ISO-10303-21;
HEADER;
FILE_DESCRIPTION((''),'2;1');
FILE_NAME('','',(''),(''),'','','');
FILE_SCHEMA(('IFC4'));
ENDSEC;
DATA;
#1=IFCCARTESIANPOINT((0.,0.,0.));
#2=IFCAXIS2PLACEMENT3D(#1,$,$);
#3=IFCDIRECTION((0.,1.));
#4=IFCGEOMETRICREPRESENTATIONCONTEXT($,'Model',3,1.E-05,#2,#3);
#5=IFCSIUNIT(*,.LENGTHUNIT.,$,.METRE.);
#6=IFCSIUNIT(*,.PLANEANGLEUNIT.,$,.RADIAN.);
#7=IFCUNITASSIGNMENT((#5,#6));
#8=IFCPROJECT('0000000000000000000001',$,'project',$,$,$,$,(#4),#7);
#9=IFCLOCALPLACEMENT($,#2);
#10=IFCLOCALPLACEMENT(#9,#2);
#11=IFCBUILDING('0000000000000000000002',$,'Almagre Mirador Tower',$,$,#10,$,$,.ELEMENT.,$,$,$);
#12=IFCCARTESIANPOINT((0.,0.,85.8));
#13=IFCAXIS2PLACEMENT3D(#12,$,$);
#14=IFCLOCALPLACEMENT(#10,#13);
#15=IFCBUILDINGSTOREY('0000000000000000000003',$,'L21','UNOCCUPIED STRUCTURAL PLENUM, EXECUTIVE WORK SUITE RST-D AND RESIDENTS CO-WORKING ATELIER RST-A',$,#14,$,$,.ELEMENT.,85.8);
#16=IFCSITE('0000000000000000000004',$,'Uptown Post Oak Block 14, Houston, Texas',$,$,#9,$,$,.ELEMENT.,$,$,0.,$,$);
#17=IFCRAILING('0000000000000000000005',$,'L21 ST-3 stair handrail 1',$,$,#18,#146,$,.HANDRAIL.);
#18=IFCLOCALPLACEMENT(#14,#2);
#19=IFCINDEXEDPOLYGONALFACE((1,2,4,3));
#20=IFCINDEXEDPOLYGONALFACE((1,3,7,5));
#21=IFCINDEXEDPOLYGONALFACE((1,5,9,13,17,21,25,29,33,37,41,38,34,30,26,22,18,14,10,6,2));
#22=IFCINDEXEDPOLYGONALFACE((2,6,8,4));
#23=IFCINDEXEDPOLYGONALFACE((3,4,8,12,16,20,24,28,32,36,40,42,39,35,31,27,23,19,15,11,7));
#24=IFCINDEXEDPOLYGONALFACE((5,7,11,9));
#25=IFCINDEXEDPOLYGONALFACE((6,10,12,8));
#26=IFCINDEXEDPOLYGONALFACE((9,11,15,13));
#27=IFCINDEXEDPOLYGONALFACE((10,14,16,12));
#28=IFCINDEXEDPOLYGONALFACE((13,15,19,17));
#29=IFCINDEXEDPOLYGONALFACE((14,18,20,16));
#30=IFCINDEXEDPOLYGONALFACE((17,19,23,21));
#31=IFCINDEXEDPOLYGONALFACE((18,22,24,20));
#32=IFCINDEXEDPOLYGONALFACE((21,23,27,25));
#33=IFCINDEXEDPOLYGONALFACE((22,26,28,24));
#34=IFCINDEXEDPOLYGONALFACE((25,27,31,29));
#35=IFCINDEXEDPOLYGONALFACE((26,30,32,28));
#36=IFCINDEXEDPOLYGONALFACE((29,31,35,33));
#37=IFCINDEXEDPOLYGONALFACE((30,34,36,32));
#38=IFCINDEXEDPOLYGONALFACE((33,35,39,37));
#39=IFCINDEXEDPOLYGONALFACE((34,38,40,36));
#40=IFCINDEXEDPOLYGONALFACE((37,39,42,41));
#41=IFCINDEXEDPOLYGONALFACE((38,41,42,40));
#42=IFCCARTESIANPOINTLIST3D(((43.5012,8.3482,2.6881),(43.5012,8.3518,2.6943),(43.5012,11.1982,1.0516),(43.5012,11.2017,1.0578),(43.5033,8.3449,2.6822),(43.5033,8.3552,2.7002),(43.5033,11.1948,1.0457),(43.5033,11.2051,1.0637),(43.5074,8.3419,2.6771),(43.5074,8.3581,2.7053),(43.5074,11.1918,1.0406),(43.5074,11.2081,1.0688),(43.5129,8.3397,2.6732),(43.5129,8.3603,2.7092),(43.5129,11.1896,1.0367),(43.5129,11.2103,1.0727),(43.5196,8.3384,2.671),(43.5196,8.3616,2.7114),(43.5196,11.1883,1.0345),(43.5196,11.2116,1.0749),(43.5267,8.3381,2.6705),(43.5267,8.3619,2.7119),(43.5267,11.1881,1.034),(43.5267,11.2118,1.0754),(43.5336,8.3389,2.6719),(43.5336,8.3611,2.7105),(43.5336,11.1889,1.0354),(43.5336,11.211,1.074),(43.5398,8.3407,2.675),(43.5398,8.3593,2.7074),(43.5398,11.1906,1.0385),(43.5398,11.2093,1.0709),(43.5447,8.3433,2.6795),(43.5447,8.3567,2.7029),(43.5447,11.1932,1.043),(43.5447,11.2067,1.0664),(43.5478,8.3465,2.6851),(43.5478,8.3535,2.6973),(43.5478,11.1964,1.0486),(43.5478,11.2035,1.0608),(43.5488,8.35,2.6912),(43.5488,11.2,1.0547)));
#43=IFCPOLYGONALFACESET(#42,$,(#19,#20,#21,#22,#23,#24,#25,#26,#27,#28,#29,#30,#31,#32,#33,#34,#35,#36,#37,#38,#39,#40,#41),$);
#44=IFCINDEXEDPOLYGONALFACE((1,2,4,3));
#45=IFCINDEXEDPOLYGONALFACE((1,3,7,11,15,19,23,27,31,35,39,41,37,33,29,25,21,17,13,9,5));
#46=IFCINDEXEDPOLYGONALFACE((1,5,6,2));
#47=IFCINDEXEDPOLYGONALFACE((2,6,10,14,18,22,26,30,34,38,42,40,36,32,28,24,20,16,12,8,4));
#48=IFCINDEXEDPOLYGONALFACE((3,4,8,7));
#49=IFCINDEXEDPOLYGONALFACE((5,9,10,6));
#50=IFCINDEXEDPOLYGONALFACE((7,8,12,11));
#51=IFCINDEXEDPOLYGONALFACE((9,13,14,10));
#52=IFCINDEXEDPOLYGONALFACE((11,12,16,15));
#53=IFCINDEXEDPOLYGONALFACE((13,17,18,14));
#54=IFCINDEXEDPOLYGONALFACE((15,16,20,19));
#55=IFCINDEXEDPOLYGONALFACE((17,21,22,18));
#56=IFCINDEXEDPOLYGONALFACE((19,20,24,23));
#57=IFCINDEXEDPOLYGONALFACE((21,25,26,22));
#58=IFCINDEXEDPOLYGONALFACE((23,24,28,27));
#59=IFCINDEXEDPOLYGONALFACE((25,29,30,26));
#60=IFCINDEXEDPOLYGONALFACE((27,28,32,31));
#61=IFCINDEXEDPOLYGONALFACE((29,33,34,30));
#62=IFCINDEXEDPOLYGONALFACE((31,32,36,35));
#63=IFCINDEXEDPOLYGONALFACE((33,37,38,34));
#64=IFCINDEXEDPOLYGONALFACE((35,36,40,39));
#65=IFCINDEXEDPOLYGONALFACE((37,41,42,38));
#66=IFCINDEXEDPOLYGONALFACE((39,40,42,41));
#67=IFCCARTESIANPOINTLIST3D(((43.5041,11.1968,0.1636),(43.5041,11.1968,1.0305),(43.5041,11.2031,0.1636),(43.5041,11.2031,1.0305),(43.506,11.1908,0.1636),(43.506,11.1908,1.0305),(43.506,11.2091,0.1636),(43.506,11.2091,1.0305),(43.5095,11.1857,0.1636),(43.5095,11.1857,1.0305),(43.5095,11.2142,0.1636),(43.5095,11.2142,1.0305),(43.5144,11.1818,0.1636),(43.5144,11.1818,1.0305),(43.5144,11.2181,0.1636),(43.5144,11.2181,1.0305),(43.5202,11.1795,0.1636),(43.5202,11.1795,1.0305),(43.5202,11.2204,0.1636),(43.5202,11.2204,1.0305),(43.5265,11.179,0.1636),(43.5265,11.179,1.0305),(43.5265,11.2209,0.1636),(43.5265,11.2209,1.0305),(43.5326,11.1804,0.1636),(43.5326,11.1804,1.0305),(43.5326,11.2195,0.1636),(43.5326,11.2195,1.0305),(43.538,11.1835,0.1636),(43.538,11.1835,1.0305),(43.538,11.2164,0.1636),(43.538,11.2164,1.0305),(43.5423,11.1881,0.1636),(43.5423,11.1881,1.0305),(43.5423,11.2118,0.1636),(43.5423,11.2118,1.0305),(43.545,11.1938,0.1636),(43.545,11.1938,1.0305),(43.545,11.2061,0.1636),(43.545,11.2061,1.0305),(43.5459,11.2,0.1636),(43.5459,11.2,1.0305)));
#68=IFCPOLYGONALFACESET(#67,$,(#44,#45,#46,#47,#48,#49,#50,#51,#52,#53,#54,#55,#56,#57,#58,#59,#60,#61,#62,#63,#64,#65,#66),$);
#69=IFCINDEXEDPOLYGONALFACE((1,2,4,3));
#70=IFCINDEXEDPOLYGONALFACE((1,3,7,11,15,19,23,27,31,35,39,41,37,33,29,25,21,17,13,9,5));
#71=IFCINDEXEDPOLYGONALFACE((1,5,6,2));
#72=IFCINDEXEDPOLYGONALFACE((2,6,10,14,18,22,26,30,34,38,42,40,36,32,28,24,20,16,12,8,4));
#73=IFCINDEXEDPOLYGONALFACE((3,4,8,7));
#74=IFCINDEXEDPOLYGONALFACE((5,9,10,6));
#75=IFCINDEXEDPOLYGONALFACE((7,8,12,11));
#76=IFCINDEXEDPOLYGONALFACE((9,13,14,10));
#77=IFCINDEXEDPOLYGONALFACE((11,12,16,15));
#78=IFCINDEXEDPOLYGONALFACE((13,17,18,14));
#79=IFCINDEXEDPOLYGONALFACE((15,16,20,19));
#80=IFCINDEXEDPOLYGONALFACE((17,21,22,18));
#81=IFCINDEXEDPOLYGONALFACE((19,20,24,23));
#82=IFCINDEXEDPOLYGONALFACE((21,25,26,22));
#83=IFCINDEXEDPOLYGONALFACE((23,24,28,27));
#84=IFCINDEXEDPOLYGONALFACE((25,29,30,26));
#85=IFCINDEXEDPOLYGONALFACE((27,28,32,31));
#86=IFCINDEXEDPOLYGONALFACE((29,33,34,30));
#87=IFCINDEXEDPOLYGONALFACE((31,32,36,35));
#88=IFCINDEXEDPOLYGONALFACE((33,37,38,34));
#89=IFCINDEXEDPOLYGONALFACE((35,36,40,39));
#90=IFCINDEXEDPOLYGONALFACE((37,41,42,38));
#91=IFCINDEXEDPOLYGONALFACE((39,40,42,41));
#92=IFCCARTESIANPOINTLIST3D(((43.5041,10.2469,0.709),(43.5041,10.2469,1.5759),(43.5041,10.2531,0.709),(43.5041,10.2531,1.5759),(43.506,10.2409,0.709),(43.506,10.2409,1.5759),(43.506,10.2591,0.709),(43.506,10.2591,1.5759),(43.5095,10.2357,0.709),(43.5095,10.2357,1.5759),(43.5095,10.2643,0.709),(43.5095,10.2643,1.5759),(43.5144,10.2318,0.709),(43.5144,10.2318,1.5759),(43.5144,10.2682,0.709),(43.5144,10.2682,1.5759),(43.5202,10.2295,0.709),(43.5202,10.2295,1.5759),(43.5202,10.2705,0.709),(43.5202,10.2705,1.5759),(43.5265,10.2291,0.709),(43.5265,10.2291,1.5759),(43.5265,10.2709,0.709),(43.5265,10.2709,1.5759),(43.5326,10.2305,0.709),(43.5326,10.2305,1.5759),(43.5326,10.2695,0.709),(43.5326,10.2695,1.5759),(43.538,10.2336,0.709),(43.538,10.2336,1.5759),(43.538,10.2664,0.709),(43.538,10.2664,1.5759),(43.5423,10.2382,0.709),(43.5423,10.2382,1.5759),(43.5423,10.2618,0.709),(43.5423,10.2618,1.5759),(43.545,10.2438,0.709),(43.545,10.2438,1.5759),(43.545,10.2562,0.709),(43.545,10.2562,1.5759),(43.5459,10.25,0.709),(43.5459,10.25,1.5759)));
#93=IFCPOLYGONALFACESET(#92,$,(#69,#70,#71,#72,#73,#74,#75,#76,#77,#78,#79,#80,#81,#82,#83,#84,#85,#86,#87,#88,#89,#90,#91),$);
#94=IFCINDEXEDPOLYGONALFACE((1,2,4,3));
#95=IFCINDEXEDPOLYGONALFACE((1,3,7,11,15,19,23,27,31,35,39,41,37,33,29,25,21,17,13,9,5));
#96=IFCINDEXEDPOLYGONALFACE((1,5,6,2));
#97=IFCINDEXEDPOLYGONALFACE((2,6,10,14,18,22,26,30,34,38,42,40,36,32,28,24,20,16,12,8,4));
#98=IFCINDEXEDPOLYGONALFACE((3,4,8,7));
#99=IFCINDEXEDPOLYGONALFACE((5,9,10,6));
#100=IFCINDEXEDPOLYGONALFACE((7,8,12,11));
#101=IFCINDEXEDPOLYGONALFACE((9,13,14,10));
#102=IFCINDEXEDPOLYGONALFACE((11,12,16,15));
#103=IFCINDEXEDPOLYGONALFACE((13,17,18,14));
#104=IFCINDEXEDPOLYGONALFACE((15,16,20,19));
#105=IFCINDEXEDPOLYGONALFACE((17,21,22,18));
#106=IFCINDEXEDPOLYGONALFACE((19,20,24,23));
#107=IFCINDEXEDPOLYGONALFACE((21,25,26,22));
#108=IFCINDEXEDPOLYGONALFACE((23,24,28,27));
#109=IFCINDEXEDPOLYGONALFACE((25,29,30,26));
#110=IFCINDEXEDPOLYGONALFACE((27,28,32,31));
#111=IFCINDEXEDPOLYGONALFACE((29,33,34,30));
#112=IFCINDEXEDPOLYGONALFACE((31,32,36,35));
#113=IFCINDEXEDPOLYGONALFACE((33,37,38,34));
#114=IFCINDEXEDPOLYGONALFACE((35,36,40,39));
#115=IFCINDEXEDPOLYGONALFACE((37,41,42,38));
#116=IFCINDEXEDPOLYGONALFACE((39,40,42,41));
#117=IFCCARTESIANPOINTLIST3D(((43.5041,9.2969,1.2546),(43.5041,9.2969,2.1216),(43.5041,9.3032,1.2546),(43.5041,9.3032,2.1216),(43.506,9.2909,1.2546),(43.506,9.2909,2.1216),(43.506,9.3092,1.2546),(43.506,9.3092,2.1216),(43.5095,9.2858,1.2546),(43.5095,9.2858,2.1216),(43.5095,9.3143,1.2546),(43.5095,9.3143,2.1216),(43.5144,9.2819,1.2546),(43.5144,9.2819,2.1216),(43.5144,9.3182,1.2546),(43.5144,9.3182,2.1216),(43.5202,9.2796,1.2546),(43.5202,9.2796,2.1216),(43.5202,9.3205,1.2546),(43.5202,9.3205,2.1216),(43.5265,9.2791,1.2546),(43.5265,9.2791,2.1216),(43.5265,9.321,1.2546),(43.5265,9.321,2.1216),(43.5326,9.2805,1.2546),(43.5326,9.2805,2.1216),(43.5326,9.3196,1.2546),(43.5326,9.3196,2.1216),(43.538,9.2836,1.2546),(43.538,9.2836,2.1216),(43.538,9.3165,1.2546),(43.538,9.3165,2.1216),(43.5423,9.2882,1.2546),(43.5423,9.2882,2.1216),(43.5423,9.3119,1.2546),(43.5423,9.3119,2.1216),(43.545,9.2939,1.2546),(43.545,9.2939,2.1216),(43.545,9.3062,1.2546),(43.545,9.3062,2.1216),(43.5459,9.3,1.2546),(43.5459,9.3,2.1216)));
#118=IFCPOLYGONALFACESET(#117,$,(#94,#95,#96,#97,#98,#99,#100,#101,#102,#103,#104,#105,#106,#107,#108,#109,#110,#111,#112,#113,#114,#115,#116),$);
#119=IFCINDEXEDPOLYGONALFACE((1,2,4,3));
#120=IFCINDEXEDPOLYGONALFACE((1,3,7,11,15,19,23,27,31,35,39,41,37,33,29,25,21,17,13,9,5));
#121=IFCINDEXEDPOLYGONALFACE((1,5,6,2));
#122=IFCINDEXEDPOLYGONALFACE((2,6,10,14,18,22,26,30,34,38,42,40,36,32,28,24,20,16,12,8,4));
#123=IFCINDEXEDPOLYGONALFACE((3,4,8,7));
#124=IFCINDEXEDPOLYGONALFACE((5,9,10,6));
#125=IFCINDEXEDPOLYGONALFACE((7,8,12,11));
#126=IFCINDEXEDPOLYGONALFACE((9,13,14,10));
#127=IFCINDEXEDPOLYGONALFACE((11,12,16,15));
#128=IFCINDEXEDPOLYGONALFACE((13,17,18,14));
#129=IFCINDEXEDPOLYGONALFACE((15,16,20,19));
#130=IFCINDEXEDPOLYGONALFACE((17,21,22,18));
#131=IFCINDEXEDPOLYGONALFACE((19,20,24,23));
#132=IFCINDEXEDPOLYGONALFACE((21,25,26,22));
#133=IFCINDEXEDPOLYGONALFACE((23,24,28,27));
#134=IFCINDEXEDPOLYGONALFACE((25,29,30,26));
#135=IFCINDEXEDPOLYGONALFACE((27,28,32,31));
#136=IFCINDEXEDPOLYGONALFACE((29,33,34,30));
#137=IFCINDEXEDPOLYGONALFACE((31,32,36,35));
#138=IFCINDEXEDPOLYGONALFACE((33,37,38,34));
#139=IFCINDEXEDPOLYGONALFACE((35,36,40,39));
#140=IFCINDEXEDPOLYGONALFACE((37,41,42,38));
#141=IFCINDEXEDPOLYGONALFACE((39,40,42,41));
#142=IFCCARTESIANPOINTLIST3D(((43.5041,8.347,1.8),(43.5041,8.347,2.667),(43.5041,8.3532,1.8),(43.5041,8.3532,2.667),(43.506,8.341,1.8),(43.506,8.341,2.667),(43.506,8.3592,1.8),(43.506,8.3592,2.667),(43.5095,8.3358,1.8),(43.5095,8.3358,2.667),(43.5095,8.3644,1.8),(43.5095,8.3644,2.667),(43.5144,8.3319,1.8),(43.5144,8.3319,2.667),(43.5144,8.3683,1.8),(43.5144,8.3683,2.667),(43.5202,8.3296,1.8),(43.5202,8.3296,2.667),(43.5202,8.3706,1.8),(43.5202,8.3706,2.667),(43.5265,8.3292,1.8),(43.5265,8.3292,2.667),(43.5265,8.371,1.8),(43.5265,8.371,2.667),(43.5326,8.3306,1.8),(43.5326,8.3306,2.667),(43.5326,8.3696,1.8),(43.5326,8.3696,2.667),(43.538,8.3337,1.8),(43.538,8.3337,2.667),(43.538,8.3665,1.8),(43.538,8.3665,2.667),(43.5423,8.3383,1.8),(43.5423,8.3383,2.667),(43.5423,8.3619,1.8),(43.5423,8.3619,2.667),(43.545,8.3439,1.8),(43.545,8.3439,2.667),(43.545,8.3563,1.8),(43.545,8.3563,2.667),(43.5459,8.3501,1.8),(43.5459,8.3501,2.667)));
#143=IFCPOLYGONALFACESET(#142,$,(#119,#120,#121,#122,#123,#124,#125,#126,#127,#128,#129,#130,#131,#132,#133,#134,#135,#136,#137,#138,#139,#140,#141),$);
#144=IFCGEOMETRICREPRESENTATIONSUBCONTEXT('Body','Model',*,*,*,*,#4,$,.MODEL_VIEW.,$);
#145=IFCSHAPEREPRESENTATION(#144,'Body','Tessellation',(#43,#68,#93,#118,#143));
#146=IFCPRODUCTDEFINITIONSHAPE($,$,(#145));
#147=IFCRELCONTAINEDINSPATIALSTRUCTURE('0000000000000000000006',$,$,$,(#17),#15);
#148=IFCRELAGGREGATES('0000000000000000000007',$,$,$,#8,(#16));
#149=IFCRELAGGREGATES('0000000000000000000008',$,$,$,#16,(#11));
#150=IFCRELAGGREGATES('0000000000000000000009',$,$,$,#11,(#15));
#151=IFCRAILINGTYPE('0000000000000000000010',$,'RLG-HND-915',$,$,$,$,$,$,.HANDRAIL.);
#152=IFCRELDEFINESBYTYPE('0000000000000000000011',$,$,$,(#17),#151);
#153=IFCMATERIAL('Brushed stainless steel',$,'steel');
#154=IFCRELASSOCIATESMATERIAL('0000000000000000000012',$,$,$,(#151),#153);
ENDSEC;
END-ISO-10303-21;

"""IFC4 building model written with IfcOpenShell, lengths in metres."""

from ifc_helpers import new_model, si_unit, direction, frame, origin, origin_2d, place, context, subcontext, project, spatial, circle, extrude, material, type_object, element, save


model = new_model("IFC4")

# Units and contexts
model_context = context("Model", 3, precision=1e-05, world=origin(), true_north=direction((0.0, 1.0)))
body_context = subcontext(model_context, "Body", "Model", "MODEL_VIEW")
ifc_project = project(units=[si_unit("LENGTHUNIT", "METRE"), si_unit("PLANEANGLEUNIT", "RADIAN")], contexts=[model_context])

# Site, building, storey
site_placement = place(None, origin())
site = spatial("IfcSite", under=ifc_project, at=site_placement, Name="Uptown Post Oak Block 14, Houston, Texas", CompositionType="ELEMENT", RefElevation=0.0)
building_placement = place(site_placement, origin())
building = spatial("IfcBuilding", under=site, at=building_placement, Name="Almagre Mirador Tower", CompositionType="ELEMENT")
storey_placement = place(building_placement, frame((0.0, 0.0, 85.8)))
storey = spatial("IfcBuildingStorey", under=building, at=storey_placement, Name="L21", Description="UNOCCUPIED STRUCTURAL PLENUM, EXECUTIVE WORK SUITE RST-D AND RESIDENTS CO-WORKING ATELIER RST-A", CompositionType="ELEMENT", Elevation=85.8)

# Railing
ifc_material_1 = material(Name="Brushed stainless steel", Category="steel")
railing_type_1 = type_object("IfcRailingType", Name="RLG-HND-915", PredefinedType="HANDRAIL", material=ifc_material_1)
railing_1_placement = place(storey_placement, frame((43.5249, 11.2, 0.1636)))
element("IfcRailing", 1, at=railing_1_placement, inside=storey, type_object=railing_type_1, Name="L21 ST-3 stair handrail 1", PredefinedType="HANDRAIL", context=body_context, shape_type="SweptSolid", body=[
    extrude(circle(Radius=0.0239, at=origin_2d()), frame((0.0, 0.0, 0.8911), z_axis=(0.0, -0.867194, 0.49797), x_axis=(1.0, 0.0, 0.0)), (0.0, 0.0, 1.0), 3.2864),
    extrude(circle(Radius=0.021, at=origin_2d()), origin(), (0.0, 0.0, 1.0), 0.8669),
    extrude(circle(Radius=0.021, at=origin_2d()), frame((0.0, -0.95, 0.5454)), (0.0, 0.0, 1.0), 0.8669),
    extrude(circle(Radius=0.021, at=origin_2d()), frame((0.0, -1.8999, 1.0911)), (0.0, 0.0, 1.0), 0.8669),
    extrude(circle(Radius=0.021, at=origin_2d()), frame((0.0, -2.8499, 1.6365)), (0.0, 0.0, 1.0), 0.8669),
])

save(model, "model.ifc")
